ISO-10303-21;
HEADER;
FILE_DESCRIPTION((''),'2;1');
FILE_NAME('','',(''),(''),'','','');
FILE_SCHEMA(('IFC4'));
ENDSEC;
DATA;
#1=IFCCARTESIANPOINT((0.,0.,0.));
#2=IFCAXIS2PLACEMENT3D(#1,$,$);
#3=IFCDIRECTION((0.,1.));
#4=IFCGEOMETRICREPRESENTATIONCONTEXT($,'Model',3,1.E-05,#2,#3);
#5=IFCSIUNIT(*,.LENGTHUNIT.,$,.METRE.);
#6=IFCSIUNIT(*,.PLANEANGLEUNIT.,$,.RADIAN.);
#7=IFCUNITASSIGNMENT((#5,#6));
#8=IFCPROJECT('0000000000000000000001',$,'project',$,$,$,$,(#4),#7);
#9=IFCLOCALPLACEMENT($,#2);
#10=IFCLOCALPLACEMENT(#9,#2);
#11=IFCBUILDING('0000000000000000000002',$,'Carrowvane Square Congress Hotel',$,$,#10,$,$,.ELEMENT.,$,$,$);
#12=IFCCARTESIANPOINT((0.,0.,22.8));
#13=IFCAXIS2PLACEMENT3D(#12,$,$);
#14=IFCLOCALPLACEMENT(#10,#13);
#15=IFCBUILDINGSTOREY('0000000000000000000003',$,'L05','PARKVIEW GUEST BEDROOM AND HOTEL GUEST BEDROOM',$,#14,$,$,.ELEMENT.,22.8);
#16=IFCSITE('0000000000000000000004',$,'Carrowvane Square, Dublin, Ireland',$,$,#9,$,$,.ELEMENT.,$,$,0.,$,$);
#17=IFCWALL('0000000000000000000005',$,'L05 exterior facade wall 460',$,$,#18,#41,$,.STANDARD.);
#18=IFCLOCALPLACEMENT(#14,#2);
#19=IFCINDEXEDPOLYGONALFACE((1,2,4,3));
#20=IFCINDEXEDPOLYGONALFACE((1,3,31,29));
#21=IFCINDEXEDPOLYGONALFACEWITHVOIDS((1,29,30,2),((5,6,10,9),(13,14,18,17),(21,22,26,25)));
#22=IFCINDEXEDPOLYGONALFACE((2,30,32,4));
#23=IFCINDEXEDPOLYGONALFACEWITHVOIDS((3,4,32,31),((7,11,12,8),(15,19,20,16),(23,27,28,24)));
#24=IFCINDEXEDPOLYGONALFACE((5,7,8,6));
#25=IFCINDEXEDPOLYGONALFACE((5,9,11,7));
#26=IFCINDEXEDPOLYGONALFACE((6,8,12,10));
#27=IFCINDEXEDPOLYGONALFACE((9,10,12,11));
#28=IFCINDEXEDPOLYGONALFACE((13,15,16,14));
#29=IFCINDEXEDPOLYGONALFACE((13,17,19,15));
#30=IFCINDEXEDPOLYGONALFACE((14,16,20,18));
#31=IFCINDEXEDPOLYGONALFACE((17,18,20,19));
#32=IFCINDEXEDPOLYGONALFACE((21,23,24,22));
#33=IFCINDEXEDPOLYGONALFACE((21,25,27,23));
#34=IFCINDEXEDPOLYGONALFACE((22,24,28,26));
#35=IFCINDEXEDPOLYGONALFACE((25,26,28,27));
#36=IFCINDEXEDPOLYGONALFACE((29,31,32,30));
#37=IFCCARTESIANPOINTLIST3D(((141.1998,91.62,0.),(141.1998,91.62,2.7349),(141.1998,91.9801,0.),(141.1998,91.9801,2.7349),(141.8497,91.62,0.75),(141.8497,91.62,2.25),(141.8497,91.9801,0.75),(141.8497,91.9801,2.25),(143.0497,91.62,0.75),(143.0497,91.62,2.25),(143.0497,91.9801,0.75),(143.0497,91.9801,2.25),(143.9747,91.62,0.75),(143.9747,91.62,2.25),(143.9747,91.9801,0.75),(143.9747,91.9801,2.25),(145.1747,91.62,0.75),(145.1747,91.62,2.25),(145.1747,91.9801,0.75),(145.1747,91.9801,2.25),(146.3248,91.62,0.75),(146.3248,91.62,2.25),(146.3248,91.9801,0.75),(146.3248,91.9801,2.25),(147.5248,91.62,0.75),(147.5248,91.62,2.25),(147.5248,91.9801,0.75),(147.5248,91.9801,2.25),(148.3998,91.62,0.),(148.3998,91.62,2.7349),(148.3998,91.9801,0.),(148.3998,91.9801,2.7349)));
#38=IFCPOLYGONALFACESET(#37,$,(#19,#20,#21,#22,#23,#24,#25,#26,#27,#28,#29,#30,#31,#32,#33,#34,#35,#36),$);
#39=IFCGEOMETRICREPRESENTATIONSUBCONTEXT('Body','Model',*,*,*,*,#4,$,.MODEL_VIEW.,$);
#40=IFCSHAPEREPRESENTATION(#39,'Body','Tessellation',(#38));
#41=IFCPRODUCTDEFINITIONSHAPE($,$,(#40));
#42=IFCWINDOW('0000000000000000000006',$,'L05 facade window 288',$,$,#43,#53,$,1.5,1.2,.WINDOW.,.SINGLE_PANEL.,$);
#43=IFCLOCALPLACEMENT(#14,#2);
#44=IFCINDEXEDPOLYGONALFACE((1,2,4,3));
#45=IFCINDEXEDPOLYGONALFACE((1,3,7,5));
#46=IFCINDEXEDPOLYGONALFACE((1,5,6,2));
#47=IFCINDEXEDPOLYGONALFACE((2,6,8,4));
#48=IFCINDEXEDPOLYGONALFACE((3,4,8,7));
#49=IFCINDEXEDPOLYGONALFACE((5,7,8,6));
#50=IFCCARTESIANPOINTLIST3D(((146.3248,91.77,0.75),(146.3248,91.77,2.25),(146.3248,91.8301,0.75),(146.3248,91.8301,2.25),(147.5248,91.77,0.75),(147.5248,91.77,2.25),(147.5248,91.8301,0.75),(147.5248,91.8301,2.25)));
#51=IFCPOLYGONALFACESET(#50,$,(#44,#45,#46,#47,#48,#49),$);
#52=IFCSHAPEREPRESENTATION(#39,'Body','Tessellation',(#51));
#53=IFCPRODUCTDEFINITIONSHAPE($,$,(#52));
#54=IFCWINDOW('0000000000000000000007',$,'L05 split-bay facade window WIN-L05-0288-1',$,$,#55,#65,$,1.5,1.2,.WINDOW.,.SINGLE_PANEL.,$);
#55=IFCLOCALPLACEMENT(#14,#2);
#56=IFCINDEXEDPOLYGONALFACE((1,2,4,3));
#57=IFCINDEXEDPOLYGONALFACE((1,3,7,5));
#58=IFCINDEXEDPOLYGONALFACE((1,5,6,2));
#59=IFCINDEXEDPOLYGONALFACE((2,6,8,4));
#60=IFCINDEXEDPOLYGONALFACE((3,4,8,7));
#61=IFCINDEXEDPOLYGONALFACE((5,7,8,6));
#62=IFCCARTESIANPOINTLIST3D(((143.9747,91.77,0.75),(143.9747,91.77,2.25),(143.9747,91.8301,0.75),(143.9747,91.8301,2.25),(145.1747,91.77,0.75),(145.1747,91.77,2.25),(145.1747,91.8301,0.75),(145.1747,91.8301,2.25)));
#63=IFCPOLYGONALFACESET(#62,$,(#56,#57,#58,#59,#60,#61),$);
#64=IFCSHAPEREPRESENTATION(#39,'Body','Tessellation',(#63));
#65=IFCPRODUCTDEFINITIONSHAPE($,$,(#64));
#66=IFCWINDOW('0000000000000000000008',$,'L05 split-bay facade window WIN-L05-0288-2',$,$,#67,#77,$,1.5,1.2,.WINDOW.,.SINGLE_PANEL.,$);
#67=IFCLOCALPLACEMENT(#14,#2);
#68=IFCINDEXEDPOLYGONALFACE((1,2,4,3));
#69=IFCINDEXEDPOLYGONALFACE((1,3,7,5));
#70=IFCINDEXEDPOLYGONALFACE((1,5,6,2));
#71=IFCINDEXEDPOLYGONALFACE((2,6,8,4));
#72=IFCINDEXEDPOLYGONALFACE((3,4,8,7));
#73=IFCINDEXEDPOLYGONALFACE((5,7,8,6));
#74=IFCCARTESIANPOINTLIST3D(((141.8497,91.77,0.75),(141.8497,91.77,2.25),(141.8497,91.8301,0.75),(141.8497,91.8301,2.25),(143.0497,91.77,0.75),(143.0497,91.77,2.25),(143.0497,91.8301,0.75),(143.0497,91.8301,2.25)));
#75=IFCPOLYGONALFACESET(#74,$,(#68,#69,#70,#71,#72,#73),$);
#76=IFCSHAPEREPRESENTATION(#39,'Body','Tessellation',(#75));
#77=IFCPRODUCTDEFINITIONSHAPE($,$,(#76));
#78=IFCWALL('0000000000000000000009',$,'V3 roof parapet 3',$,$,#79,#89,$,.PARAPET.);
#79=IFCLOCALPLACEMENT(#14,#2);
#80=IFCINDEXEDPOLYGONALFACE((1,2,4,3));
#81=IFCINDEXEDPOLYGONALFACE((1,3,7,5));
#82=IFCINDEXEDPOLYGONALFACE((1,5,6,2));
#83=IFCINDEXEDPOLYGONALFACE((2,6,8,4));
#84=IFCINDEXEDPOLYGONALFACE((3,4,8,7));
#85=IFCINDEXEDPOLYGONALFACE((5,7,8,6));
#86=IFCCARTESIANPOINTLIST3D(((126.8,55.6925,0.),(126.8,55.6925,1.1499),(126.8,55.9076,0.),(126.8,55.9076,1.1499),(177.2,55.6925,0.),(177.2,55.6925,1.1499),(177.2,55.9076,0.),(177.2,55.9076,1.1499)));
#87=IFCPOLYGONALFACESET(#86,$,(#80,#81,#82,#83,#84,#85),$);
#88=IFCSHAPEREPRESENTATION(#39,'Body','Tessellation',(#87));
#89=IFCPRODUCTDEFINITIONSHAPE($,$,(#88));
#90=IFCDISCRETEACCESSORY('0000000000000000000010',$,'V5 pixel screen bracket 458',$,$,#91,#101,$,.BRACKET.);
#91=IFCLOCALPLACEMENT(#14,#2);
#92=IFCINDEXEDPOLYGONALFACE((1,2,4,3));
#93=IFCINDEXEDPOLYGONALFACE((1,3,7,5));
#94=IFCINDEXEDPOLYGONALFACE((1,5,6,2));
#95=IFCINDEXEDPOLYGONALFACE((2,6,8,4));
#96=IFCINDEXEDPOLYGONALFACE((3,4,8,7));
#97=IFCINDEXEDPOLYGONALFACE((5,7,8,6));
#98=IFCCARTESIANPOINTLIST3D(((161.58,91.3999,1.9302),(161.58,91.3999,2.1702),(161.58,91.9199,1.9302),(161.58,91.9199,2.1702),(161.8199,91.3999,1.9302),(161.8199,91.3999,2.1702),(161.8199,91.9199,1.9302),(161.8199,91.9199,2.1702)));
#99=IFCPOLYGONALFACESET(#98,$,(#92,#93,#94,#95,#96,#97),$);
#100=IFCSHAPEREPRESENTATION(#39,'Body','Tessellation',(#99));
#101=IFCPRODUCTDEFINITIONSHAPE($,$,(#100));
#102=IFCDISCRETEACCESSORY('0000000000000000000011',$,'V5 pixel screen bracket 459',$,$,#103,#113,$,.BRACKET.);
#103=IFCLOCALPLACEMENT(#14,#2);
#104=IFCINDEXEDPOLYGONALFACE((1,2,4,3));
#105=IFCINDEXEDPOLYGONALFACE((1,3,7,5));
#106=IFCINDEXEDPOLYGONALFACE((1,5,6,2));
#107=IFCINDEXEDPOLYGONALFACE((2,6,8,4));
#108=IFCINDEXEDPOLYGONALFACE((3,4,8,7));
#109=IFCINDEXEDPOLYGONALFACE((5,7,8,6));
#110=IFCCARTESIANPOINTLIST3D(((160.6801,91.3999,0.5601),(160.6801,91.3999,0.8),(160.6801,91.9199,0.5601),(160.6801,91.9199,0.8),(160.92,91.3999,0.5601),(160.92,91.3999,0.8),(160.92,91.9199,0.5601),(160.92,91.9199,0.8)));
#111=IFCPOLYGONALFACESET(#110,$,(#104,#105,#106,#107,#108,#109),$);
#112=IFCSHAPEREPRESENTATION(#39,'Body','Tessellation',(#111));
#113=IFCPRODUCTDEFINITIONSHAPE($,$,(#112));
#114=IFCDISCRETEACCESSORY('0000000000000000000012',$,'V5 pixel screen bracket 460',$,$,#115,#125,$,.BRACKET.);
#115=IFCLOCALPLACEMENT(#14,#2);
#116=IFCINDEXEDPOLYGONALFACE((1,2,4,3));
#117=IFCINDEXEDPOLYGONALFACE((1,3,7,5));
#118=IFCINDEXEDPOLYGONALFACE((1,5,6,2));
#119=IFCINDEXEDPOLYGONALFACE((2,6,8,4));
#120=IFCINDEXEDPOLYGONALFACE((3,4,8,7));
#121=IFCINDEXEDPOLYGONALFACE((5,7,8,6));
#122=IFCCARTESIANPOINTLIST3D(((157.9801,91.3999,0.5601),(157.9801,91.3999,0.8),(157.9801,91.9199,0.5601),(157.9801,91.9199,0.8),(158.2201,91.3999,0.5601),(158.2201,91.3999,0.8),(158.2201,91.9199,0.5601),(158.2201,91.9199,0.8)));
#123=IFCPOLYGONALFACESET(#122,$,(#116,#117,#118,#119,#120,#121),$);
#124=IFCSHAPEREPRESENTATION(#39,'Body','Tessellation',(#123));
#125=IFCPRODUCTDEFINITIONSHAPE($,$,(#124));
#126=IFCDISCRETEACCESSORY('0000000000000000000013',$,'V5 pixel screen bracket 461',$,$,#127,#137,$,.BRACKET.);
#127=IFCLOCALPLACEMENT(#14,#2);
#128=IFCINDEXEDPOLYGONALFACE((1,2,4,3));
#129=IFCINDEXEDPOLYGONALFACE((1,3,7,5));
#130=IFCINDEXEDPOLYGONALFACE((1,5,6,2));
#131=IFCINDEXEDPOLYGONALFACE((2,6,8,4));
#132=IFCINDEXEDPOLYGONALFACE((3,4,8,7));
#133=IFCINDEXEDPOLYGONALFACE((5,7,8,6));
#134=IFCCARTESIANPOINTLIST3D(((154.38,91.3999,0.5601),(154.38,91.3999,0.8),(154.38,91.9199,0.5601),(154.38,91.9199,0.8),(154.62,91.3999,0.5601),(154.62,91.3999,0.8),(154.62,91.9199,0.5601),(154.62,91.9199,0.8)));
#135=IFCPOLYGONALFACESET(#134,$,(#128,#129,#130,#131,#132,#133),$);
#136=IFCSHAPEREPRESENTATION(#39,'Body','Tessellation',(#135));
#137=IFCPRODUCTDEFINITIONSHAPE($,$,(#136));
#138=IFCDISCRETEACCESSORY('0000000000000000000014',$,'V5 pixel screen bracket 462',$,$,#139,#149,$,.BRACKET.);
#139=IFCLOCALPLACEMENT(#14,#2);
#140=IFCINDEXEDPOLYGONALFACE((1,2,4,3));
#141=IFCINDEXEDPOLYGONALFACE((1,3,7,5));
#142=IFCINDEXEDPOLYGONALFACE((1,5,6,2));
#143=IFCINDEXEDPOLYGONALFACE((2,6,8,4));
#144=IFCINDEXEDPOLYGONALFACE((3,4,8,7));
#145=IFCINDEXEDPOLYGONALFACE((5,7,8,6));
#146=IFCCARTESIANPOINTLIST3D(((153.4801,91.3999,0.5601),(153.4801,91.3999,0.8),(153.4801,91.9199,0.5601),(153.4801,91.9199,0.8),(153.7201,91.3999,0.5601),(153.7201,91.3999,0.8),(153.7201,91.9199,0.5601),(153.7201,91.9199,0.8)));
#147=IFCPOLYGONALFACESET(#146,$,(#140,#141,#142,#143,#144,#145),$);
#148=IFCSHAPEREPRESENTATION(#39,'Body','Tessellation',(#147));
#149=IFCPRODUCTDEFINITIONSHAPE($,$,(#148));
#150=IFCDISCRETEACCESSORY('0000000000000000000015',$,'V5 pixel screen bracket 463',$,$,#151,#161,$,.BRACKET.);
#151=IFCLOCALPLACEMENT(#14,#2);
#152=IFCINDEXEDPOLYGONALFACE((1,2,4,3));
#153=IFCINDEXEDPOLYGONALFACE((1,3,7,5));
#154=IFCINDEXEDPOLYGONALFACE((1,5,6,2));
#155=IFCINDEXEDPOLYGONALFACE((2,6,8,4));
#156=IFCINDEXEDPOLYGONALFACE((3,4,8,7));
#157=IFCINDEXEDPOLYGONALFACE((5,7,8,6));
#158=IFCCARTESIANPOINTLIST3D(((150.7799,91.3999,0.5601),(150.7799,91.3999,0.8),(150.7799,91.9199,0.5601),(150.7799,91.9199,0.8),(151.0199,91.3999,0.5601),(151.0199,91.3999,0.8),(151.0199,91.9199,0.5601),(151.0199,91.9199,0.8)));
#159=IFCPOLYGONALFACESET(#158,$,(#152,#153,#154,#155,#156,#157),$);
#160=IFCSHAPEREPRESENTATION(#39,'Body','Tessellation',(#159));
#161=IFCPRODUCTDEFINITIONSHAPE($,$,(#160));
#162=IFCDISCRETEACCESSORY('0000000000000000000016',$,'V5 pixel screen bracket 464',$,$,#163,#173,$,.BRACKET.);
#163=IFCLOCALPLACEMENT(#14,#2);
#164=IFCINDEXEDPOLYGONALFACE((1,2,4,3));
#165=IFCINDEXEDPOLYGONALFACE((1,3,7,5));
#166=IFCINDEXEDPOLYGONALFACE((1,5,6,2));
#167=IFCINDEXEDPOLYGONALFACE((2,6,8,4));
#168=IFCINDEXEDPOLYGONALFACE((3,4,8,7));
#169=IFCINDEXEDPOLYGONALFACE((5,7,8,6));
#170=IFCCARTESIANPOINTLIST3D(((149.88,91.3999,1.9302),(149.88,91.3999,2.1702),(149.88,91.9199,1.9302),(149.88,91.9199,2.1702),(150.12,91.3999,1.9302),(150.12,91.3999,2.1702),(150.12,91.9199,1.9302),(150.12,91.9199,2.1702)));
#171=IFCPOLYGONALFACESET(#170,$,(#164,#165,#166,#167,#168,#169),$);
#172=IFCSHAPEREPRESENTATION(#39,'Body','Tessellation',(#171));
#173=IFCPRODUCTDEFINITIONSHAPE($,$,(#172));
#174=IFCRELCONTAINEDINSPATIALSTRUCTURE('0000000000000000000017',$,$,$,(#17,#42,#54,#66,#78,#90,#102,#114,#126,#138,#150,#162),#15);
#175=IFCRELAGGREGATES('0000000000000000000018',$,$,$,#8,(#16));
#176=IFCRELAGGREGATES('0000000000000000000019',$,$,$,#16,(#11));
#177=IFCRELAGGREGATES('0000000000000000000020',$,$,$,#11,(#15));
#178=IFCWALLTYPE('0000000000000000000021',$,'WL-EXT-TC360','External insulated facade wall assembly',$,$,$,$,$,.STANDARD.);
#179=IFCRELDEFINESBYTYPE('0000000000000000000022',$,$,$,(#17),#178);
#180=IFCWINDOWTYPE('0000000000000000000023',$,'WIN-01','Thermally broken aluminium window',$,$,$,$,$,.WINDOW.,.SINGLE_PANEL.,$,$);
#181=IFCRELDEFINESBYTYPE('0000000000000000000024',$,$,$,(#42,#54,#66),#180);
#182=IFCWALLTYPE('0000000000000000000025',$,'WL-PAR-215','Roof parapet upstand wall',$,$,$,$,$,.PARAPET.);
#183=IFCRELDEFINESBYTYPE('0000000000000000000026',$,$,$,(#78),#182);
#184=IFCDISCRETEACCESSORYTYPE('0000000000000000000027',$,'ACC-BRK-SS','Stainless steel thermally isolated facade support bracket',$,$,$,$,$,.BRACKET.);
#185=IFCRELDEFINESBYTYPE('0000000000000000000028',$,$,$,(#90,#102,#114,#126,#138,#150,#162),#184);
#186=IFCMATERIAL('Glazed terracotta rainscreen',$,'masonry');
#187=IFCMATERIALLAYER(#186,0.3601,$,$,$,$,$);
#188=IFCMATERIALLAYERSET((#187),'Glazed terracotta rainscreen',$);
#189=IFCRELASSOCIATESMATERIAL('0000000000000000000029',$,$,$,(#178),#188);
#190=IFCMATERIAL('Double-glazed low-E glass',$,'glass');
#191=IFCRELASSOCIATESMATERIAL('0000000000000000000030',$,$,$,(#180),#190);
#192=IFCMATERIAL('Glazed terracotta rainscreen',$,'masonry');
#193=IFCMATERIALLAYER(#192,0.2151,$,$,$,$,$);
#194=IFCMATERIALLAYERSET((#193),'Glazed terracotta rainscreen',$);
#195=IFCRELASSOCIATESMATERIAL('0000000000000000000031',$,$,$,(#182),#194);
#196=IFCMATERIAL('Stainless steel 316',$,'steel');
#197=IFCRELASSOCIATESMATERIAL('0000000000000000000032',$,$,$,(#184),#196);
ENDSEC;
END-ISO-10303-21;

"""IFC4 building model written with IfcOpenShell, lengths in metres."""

from ifc_helpers import new_model, si_unit, direction, frame, frame_2d, origin, origin_2d, place, context, subcontext, project, spatial, rectangle, extrude, material, layer, layer_set, type_object, element, fill, save


model = new_model("IFC4")

# Units and contexts
model_context = context("Model", 3, precision=1e-05, world=origin(), true_north=direction((0.0, 1.0)))
body_context = subcontext(model_context, "Body", "Model", "MODEL_VIEW")
ifc_project = project(units=[si_unit("LENGTHUNIT", "METRE"), si_unit("PLANEANGLEUNIT", "RADIAN")], contexts=[model_context])

# Site, building, storey
site_placement = place(None, origin())
site = spatial("IfcSite", under=ifc_project, at=site_placement, Name="Carrowvane Square, Dublin, Ireland", CompositionType="ELEMENT", RefElevation=0.0)
building_placement = place(site_placement, origin())
building = spatial("IfcBuilding", under=site, at=building_placement, Name="Carrowvane Square Congress Hotel", CompositionType="ELEMENT")
storey_placement = place(building_placement, frame((0.0, 0.0, 22.8)))
storey = spatial("IfcBuildingStorey", under=building, at=storey_placement, Name="L05", Description="PARKVIEW GUEST BEDROOM AND HOTEL GUEST BEDROOM", CompositionType="ELEMENT", Elevation=22.8)

# Shared definitions
ifc_material_1 = material(Name="Glazed terracotta rainscreen", Category="masonry")
ifc_layer_1 = layer(ifc_material_1, 0.3601)
ifc_layer_set_1 = layer_set([ifc_layer_1], Name="Glazed terracotta rainscreen")
wall_type_1 = type_object("IfcWallType", Name="WL-EXT-TC360", Description="External insulated facade wall assembly", PredefinedType="STANDARD", material=ifc_layer_set_1)

# Wall, openings, windows
wall_1_placement = place(storey_placement, frame((148.3999, 91.8, 0.0), z_axis=(0.0, 0.0, 1.0), x_axis=(-1.0, 0.0, 0.0)))
wall_1 = element("IfcWall", 1, at=wall_1_placement, inside=storey, type_object=wall_type_1, Name="L05 exterior facade wall 460", PredefinedType="STANDARD", context=body_context, shape_type="SweptSolid", body=[
    extrude(rectangle(XDim=7.2, YDim=0.3601, at=frame_2d((3.6001, 0.0))), origin(), (0.0, 0.0, 1.0), 2.7349),
])
opening_1_placement = place(wall_1_placement, frame((0.875, 0.0, 0.75)))
opening_1 = element("IfcOpeningElement", 2, at=opening_1_placement, cuts=wall_1, PredefinedType="OPENING", context=body_context, shape_type="SweptSolid", body=[
    extrude(rectangle(XDim=1.2, YDim=1.5, at=frame_2d((0.6001, 0.75))), frame((0.0, 0.1899, 0.0), z_axis=(0.0, -1.0, 0.0), x_axis=(1.0, 0.0, 0.0)), (0.0, 0.0, 1.0), 0.3801),
])
opening_2_placement = place(wall_1_placement, frame((3.2251, 0.0, 0.75)))
opening_2 = element("IfcOpeningElement", 3, at=opening_2_placement, cuts=wall_1, PredefinedType="OPENING", context=body_context, shape_type="SweptSolid", body=[
    extrude(rectangle(XDim=1.2, YDim=1.5, at=frame_2d((0.6001, 0.75))), frame((0.0, 0.1899, 0.0), z_axis=(0.0, -1.0, 0.0), x_axis=(1.0, 0.0, 0.0)), (0.0, 0.0, 1.0), 0.3801),
])
opening_3_placement = place(wall_1_placement, frame((5.3501, 0.0, 0.75)))
opening_3 = element("IfcOpeningElement", 4, at=opening_3_placement, cuts=wall_1, PredefinedType="OPENING", context=body_context, shape_type="SweptSolid", body=[
    extrude(rectangle(XDim=1.2, YDim=1.5, at=frame_2d((0.6001, 0.75))), frame((0.0, 0.1899, 0.0), z_axis=(0.0, -1.0, 0.0), x_axis=(1.0, 0.0, 0.0)), (0.0, 0.0, 1.0), 0.3801),
])
ifc_material_2 = material(Name="Double-glazed low-E glass", Category="glass")
window_type_1 = type_object("IfcWindowType", Name="WIN-01", Description="Thermally broken aluminium window", PartitioningType="SINGLE_PANEL", PredefinedType="WINDOW", material=ifc_material_2)
window_1_placement = place(opening_1_placement, origin())
window_1 = element("IfcWindow", 5, at=window_1_placement, inside=storey, type_object=window_type_1, Name="L05 facade window 288", OverallHeight=1.5, OverallWidth=1.2, PartitioningType="SINGLE_PANEL", PredefinedType="WINDOW", context=body_context, shape_type="SweptSolid", body=[
    extrude(rectangle(XDim=1.2, YDim=1.5, at=frame_2d((0.6001, 0.75))), frame((0.0, 0.03, 0.0), z_axis=(0.0, -1.0, 0.0), x_axis=(1.0, 0.0, 0.0)), (0.0, 0.0, 1.0), 0.0601),
])
fill(opening_1, window_1)
window_2_placement = place(opening_2_placement, origin())
window_2 = element("IfcWindow", 6, at=window_2_placement, inside=storey, type_object=window_type_1, Name="L05 split-bay facade window WIN-L05-0288-1", OverallHeight=1.5, OverallWidth=1.2, PartitioningType="SINGLE_PANEL", PredefinedType="WINDOW", context=body_context, shape_type="SweptSolid", body=[
    extrude(rectangle(XDim=1.2, YDim=1.5, at=frame_2d((0.6001, 0.75))), frame((0.0, 0.03, 0.0), z_axis=(0.0, -1.0, 0.0), x_axis=(1.0, 0.0, 0.0)), (0.0, 0.0, 1.0), 0.0601),
])
fill(opening_2, window_2)
window_3_placement = place(opening_3_placement, origin())
window_3 = element("IfcWindow", 7, at=window_3_placement, inside=storey, type_object=window_type_1, Name="L05 split-bay facade window WIN-L05-0288-2", OverallHeight=1.5, OverallWidth=1.2, PartitioningType="SINGLE_PANEL", PredefinedType="WINDOW", context=body_context, shape_type="SweptSolid", body=[
    extrude(rectangle(XDim=1.2, YDim=1.5, at=frame_2d((0.6001, 0.75))), frame((0.0, 0.03, 0.0), z_axis=(0.0, -1.0, 0.0), x_axis=(1.0, 0.0, 0.0)), (0.0, 0.0, 1.0), 0.0601),
])
fill(opening_3, window_3)

# Wall
ifc_material_3 = material(Name="Glazed terracotta rainscreen", Category="masonry")
ifc_layer_2 = layer(ifc_material_3, 0.2151)
ifc_layer_set_2 = layer_set([ifc_layer_2], Name="Glazed terracotta rainscreen")
wall_type_2 = type_object("IfcWallType", Name="WL-PAR-215", Description="Roof parapet upstand wall", PredefinedType="PARAPET", material=ifc_layer_set_2)
wall_2_placement = place(storey_placement, frame((177.2, 55.8, 0.0), z_axis=(0.0, 0.0, 1.0), x_axis=(-1.0, 0.0, 0.0)))
element("IfcWall", 8, at=wall_2_placement, inside=storey, type_object=wall_type_2, Name="V3 roof parapet 3", PredefinedType="PARAPET", context=body_context, shape_type="SweptSolid", body=[
    extrude(rectangle(XDim=50.3999, YDim=0.2151, at=frame_2d((25.2, 0.0))), origin(), (0.0, 0.0, 1.0), 1.1499),
])

# Discrete accessories
ifc_material_4 = material(Name="Stainless steel 316", Category="steel")
discrete_accessory_type = type_object("IfcDiscreteAccessoryType", Name="ACC-BRK-SS", Description="Stainless steel thermally isolated facade support bracket", PredefinedType="BRACKET", material=ifc_material_4)
for number, where, z_axis, x_axis, name in (
    (9, (161.7, 91.6599, 1.9302), (0.0, 0.0, 1.0), (-1.0, 0.0, 0.0), "V5 pixel screen bracket 458"),
    (10, (160.8, 91.6599, 0.5601), (0.0, 0.0, 1.0), (-1.0, 0.0, 0.0), "V5 pixel screen bracket 459"),
    (11, (158.1001, 91.6599, 0.5601), (0.0, 0.0, 1.0), (-1.0, 0.0, 0.0), "V5 pixel screen bracket 460"),
    (12, (154.5, 91.6599, 0.5601), (0.0, 0.0, 1.0), (-1.0, 0.0, 0.0), "V5 pixel screen bracket 461"),
    (13, (153.6001, 91.6599, 0.5601), (0.0, 0.0, 1.0), (-1.0, 0.0, 0.0), "V5 pixel screen bracket 462"),
    (14, (150.8999, 91.6599, 0.5601), (0.0, 0.0, 1.0), (-1.0, 0.0, 0.0), "V5 pixel screen bracket 463"),
    (15, (150.0, 91.6599, 1.9302), (0.0, 0.0, 1.0), (-1.0, 0.0, 0.0), "V5 pixel screen bracket 464"),
):
    element("IfcDiscreteAccessory", number, at=place(storey_placement, frame(where, z_axis=z_axis, x_axis=x_axis)), inside=storey, type_object=discrete_accessory_type, Name=name, PredefinedType="BRACKET", context=body_context, shape_type="SweptSolid", body=[
        extrude(rectangle(XDim=0.24, YDim=0.52, at=origin_2d()), origin(), (0.0, 0.0, 1.0), 0.24),
    ])

save(model, "model.ifc")
